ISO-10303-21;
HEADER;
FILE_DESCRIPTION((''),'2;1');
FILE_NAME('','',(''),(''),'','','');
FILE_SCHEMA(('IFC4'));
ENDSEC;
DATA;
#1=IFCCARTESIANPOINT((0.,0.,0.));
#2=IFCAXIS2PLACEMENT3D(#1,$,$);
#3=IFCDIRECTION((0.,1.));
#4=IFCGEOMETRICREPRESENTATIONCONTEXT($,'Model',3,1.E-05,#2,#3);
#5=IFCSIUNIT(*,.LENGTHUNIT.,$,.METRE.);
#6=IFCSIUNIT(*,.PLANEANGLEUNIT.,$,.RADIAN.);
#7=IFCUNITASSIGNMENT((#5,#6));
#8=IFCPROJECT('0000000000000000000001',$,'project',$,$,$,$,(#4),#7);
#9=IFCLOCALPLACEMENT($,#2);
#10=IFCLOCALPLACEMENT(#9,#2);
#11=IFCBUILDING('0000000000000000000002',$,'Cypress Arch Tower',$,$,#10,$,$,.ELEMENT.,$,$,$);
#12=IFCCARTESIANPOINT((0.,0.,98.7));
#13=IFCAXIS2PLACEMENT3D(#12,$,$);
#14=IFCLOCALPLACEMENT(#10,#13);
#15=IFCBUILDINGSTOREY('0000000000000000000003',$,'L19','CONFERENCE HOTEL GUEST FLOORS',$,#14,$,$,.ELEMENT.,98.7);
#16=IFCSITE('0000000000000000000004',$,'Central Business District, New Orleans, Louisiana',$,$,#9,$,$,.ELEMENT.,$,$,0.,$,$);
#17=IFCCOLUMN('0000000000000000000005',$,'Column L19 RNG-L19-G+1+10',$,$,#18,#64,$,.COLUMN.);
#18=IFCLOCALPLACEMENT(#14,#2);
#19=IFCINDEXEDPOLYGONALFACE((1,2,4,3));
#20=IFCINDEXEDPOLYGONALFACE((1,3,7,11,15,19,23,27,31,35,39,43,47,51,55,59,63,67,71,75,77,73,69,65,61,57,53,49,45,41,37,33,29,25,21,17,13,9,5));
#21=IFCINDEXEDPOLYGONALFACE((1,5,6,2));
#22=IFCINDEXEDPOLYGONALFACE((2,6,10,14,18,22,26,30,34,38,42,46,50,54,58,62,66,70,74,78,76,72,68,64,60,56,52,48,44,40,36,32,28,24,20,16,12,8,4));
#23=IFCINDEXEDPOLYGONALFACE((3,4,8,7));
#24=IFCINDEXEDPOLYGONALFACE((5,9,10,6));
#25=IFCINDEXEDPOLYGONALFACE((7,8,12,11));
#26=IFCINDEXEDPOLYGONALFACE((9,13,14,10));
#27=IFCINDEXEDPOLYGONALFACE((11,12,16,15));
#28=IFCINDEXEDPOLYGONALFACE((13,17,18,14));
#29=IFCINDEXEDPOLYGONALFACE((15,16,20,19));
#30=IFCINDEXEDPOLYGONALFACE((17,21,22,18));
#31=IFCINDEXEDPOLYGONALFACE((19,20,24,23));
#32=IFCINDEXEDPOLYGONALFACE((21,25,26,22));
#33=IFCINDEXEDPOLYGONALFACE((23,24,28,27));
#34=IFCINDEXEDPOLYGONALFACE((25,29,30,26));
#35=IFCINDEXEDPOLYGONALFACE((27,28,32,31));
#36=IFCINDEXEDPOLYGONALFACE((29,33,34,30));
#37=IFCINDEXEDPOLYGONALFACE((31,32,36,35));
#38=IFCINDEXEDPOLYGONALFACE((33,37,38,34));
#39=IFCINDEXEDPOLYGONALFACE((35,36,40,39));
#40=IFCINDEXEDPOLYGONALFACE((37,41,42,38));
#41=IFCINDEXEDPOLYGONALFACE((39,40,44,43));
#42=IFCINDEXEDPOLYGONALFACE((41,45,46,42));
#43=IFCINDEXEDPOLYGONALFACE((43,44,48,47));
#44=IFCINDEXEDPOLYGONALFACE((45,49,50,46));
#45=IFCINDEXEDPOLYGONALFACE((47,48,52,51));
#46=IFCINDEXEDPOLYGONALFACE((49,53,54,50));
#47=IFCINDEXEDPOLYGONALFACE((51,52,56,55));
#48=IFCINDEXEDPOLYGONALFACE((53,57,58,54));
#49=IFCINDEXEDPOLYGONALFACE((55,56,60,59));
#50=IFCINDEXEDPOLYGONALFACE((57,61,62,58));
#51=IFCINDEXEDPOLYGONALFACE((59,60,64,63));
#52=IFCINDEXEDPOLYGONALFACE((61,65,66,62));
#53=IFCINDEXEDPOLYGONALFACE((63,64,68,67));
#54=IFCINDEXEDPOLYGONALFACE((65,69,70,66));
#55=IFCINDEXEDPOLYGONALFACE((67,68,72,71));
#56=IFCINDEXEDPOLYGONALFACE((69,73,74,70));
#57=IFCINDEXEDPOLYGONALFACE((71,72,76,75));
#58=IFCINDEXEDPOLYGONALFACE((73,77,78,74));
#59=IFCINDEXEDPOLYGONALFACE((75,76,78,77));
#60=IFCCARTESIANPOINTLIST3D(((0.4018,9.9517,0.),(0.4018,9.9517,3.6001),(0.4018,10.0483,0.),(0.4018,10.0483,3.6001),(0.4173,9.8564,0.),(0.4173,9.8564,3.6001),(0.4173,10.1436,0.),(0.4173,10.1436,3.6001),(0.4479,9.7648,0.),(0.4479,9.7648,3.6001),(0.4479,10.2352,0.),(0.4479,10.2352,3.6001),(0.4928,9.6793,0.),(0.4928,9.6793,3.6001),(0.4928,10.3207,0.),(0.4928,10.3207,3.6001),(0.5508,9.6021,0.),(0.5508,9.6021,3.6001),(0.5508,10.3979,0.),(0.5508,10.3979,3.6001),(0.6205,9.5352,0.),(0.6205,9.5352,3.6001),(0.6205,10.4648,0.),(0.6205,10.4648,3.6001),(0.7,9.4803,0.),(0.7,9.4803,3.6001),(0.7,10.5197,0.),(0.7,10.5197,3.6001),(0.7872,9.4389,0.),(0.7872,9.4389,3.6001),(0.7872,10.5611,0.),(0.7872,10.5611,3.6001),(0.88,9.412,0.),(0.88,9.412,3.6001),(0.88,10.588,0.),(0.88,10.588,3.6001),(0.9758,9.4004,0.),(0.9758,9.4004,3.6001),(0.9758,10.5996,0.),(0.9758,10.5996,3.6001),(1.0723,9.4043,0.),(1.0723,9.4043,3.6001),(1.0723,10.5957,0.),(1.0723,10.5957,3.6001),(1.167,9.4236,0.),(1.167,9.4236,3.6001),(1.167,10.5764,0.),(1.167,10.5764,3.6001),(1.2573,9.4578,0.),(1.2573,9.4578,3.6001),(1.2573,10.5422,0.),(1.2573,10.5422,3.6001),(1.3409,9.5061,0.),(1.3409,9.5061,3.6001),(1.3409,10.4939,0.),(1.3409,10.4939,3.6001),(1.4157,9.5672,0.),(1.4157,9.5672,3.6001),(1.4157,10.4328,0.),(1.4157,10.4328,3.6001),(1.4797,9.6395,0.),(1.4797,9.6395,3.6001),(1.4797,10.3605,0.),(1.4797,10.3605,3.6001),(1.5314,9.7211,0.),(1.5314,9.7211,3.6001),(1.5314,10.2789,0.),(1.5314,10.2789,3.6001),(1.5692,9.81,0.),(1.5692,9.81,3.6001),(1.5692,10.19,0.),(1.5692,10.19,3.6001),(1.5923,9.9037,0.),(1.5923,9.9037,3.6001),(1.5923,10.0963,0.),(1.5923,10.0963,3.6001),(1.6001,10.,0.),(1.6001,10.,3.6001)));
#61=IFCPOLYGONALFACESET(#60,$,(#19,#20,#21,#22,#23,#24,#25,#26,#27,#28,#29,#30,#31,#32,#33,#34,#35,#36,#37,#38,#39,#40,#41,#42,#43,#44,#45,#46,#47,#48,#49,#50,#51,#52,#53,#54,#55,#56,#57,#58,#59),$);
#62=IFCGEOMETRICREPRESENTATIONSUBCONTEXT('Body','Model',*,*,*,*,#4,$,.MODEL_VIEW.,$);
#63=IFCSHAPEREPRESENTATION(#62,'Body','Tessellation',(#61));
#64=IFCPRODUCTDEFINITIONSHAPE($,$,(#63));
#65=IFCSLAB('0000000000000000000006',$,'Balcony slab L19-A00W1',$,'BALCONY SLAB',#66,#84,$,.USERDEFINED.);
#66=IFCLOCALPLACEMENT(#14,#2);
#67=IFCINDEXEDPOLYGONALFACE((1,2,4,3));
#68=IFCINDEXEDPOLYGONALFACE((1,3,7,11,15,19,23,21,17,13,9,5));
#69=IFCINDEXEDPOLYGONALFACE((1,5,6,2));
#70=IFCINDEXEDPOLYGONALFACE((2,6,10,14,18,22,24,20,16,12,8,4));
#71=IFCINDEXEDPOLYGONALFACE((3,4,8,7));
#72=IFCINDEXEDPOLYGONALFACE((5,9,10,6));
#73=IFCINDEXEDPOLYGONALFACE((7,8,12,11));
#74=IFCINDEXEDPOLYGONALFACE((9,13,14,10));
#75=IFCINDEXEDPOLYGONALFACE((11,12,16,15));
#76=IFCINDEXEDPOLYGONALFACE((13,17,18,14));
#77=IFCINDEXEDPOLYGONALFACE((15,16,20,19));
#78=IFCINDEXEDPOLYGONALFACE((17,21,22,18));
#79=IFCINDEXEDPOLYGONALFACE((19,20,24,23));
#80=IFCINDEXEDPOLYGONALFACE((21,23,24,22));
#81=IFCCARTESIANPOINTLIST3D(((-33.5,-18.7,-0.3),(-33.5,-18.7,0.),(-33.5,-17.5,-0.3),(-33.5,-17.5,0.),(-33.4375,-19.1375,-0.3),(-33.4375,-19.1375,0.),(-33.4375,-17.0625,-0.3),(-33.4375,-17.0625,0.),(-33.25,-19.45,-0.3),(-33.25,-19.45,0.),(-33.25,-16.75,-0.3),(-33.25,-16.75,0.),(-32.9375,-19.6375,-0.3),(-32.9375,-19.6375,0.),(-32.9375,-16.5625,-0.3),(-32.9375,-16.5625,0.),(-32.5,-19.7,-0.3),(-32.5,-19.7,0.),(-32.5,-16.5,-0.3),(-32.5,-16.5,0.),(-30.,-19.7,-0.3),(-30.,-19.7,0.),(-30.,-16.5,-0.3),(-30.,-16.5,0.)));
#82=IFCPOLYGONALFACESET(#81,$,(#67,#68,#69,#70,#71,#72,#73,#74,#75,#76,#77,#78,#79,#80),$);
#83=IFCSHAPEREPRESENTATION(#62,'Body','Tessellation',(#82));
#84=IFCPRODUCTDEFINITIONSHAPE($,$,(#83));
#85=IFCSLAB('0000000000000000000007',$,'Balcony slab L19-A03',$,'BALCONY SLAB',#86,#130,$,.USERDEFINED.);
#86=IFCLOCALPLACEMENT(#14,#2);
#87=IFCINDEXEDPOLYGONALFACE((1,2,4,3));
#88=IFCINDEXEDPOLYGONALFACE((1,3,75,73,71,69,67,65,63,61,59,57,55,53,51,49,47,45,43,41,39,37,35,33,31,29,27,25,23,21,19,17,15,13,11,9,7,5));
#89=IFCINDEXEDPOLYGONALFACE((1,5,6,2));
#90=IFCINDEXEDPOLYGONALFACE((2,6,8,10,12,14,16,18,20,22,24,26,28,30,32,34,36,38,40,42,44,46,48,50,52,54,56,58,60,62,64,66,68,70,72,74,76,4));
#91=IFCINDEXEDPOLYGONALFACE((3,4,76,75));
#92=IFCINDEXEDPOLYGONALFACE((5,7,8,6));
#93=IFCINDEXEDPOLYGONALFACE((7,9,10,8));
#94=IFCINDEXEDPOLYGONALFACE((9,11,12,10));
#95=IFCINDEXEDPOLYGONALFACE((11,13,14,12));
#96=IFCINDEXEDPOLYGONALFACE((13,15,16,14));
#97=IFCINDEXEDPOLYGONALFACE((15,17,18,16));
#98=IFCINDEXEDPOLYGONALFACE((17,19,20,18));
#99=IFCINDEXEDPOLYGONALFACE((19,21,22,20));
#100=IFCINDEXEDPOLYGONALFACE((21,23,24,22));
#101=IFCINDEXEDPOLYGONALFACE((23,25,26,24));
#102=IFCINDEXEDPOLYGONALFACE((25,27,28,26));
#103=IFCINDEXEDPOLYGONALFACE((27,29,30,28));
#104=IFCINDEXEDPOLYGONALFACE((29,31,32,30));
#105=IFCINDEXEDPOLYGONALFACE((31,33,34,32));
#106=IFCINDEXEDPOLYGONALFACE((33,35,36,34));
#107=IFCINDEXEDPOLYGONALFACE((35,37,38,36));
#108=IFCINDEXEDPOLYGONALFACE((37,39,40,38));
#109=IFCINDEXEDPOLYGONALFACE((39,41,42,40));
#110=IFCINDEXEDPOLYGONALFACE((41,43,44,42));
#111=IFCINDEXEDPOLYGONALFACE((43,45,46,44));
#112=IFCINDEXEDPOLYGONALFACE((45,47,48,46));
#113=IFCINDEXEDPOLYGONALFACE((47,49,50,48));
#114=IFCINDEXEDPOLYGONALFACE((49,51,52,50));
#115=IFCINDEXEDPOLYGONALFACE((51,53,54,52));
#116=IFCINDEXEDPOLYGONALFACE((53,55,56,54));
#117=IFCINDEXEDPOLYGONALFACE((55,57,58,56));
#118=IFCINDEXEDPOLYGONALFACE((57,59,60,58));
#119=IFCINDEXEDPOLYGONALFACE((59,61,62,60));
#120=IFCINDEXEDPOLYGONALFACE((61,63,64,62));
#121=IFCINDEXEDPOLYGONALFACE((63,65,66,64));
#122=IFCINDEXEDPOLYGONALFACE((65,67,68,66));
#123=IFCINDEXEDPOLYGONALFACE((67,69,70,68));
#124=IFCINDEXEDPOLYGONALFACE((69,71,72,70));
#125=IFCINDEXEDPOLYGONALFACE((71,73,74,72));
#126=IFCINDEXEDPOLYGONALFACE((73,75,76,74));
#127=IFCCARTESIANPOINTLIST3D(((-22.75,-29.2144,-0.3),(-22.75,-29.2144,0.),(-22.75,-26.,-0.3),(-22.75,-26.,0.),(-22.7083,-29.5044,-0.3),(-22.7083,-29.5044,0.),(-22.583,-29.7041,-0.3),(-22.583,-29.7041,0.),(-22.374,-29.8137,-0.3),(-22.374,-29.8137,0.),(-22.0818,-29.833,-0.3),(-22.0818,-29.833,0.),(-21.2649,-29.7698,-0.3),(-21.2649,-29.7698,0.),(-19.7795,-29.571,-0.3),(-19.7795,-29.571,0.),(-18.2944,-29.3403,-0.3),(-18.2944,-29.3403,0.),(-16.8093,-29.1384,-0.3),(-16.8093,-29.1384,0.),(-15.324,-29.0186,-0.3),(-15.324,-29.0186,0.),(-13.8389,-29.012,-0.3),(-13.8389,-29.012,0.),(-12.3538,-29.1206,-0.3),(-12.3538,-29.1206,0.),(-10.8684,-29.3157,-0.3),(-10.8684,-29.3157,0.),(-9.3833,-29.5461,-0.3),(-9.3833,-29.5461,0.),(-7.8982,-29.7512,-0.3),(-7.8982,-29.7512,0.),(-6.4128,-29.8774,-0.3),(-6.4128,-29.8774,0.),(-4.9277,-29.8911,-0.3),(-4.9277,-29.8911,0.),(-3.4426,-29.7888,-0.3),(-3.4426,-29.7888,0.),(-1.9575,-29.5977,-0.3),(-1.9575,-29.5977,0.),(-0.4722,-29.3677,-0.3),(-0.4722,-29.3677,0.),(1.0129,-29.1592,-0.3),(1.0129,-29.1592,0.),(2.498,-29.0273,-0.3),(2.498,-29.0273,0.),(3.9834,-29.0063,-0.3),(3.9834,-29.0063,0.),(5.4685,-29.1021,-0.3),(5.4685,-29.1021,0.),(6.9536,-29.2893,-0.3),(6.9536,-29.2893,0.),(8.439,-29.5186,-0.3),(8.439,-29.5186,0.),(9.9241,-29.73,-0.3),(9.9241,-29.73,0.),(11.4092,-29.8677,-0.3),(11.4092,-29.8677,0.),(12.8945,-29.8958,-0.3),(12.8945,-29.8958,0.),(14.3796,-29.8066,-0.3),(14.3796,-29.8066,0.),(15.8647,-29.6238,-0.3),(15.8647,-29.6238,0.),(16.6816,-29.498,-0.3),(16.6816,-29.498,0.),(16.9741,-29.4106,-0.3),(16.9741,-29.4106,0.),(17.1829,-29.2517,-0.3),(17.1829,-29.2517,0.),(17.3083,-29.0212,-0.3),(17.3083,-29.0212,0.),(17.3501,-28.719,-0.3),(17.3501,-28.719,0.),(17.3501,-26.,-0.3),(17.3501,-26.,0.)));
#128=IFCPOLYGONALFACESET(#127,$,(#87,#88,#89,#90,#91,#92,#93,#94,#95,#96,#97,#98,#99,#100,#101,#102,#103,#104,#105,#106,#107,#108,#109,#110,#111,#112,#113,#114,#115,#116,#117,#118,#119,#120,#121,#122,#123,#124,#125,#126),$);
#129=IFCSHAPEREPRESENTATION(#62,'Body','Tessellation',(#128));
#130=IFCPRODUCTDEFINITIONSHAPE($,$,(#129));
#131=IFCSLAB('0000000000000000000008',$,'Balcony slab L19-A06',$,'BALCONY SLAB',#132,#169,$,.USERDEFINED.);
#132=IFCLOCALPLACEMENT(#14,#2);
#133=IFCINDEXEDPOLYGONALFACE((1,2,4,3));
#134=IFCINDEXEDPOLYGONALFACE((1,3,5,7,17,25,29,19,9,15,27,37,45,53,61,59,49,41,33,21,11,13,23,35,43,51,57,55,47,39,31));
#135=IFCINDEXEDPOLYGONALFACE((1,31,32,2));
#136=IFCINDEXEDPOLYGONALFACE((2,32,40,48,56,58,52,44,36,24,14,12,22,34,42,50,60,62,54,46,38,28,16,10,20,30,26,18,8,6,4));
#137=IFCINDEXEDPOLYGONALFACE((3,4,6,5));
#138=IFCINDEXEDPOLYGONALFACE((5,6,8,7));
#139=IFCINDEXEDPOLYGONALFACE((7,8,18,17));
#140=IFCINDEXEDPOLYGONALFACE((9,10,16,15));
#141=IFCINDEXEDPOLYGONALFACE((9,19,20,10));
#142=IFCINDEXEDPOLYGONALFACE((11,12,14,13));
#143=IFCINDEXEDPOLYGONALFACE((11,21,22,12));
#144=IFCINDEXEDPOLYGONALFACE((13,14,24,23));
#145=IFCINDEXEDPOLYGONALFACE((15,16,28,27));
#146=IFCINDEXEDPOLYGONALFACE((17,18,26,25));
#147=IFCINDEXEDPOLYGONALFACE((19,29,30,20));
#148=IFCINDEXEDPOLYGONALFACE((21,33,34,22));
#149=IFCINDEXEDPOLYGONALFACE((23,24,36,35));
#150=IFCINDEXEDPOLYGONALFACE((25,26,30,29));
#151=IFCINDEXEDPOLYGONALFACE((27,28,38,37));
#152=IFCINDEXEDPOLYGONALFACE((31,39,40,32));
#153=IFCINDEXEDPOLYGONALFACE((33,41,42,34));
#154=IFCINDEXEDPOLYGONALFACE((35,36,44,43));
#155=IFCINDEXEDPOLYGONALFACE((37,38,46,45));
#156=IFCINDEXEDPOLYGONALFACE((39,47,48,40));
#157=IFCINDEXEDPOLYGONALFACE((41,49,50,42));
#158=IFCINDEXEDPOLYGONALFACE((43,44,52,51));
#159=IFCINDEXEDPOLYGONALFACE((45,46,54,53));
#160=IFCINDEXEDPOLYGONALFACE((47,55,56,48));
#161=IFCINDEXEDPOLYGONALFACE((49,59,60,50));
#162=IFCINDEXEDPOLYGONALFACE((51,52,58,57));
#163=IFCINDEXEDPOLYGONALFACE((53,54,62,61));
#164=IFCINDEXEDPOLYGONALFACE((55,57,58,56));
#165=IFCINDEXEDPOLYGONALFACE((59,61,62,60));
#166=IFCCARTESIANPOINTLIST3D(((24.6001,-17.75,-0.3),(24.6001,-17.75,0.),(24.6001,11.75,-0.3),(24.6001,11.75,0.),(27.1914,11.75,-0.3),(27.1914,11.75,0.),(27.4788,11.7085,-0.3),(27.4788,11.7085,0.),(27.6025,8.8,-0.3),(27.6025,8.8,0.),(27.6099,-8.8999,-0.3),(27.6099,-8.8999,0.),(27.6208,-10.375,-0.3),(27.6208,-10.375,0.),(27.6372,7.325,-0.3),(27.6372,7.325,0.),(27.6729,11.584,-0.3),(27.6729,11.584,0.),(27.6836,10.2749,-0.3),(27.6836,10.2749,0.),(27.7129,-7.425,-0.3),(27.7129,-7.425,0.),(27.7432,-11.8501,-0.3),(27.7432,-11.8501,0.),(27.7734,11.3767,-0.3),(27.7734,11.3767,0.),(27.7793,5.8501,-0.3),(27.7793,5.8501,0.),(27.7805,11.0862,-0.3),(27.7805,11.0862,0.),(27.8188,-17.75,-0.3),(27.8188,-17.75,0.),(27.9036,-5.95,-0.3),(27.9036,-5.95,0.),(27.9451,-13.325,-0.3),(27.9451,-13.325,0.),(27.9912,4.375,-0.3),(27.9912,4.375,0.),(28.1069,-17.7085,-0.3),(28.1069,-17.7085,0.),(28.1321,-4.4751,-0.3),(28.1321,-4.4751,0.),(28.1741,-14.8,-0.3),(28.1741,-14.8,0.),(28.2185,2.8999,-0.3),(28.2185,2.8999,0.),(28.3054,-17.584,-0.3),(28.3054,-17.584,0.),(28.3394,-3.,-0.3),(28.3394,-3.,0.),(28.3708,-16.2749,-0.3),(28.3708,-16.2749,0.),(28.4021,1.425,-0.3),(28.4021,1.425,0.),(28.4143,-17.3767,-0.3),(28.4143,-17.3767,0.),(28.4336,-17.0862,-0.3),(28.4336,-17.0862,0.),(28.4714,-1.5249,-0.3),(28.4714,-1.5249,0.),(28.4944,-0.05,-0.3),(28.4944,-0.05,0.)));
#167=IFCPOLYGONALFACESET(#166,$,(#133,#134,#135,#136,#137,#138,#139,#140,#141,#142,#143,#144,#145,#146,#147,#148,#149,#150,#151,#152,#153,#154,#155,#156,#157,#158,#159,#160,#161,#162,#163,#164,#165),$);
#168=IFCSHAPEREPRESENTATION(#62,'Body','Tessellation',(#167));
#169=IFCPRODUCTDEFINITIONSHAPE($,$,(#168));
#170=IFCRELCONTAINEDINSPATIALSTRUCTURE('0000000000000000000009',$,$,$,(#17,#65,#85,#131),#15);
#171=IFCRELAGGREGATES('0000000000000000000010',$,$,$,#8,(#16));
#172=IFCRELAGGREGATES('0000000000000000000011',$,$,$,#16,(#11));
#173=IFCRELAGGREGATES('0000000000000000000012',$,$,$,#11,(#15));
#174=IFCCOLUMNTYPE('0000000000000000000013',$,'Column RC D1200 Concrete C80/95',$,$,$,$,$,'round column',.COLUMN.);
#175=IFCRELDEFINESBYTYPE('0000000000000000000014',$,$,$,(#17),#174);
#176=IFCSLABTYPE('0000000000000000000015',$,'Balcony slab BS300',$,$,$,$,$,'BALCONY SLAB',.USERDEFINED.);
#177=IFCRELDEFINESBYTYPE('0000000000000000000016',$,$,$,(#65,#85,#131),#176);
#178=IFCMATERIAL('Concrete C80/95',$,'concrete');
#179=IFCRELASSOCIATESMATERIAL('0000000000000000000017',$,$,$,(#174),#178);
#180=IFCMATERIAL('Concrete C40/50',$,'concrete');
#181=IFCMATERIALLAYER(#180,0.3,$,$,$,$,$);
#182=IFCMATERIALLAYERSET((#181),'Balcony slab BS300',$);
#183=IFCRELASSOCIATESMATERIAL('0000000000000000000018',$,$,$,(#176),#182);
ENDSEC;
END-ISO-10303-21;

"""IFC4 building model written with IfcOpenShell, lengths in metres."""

from ifc_helpers import new_model, si_unit, direction, frame, origin, origin_2d, place, context, subcontext, project, spatial, polyline, circle, outline, extrude, material, layer, layer_set, material_profile, profile_set, type_object, element, save


model = new_model("IFC4")

# Units and contexts
model_context = context("Model", 3, precision=1e-05, world=origin(), true_north=direction((0.0, 1.0)))
body_context = subcontext(model_context, "Body", "Model", "MODEL_VIEW")
ifc_project = project(units=[si_unit("LENGTHUNIT", "METRE"), si_unit("PLANEANGLEUNIT", "RADIAN")], contexts=[model_context])

# Site, building, storey
site_placement = place(None, origin())
site = spatial("IfcSite", under=ifc_project, at=site_placement, Name="Central Business District, New Orleans, Louisiana", CompositionType="ELEMENT", RefElevation=0.0)
building_placement = place(site_placement, origin())
building = spatial("IfcBuilding", under=site, at=building_placement, Name="Cypress Arch Tower", CompositionType="ELEMENT")
storey_placement = place(building_placement, frame((0.0, 0.0, 98.7)))
storey = spatial("IfcBuildingStorey", under=building, at=storey_placement, Name="L19", Description="CONFERENCE HOTEL GUEST FLOORS", CompositionType="ELEMENT", Elevation=98.7)

# Column
ifc_material_1 = material(Name="Concrete C80/95", Category="concrete")
ifc_material_profile = material_profile(ifc_material_1, circle(Radius=0.6001, at=origin_2d()), Name="RC D1200")
ifc_profile_set = profile_set([ifc_material_profile], Name="Concrete C80/95")
column_type = type_object("IfcColumnType", Name="Column RC D1200 Concrete C80/95", ElementType="round column", PredefinedType="COLUMN", material=ifc_profile_set)
column_placement = place(storey_placement, frame((1.0, 10.0, 0.0), z_axis=(0.0, 0.0, 1.0), x_axis=(1.0, 0.0, 0.0)))
element("IfcColumn", 1, at=column_placement, inside=storey, type_object=column_type, Name="Column L19 RNG-L19-G+1+10", PredefinedType="COLUMN", context=body_context, shape_type="SweptSolid", body=[
    extrude(circle(Radius=0.6001, at=origin_2d()), origin(), (0.0, 0.0, 1.0), 3.6001),
])

# Slabs
ifc_material_2 = material(Name="Concrete C40/50", Category="concrete")
ifc_layer_1 = layer(ifc_material_2, 0.3)
ifc_layer_set_1 = layer_set([ifc_layer_1], Name="Balcony slab BS300")
slab_type_1 = type_object("IfcSlabType", Name="Balcony slab BS300", ElementType="BALCONY SLAB", PredefinedType="USERDEFINED", material=ifc_layer_set_1)
slab_1_placement = place(storey_placement, frame((0.0, 0.0, -0.3)))
element("IfcSlab", 2, at=slab_1_placement, inside=storey, type_object=slab_type_1, Name="Balcony slab L19-A00W1", ObjectType="BALCONY SLAB", PredefinedType="USERDEFINED", context=body_context, shape_type="SweptSolid", body=[
    extrude(outline(polyline([(-30.0, -16.5), (-32.5, -16.5), (-32.9375, -16.5625), (-33.25, -16.75), (-33.4375, -17.0625), (-33.5, -17.5), (-33.5, -18.7), (-33.4375, -19.1375), (-33.25, -19.45), (-32.9375, -19.6375), (-32.5, -19.7), (-30.0, -19.7), (-30.0, -16.5)])), origin(), (0.0, 0.0, 1.0), 0.3),
])
slab_2_placement = place(storey_placement, frame((0.0, 0.0, -0.3)))
element("IfcSlab", 3, at=slab_2_placement, inside=storey, type_object=slab_type_1, Name="Balcony slab L19-A03", ObjectType="BALCONY SLAB", PredefinedType="USERDEFINED", context=body_context, shape_type="SweptSolid", body=[
    extrude(outline(polyline([(-22.75, -26.0), (-22.75, -29.2144), (-22.7083, -29.5044), (-22.583, -29.7041), (-22.374, -29.8137), (-22.0818, -29.833), (-21.2649, -29.7698), (-19.7795, -29.571), (-18.2944, -29.3403), (-16.8093, -29.1384), (-15.324, -29.0186), (-13.8389, -29.012), (-12.3538, -29.1206), (-10.8684, -29.3157), (-9.3833, -29.5461), (-7.8982, -29.7512), (-6.4128, -29.8774), (-4.9277, -29.8911), (-3.4426, -29.7888), (-1.9575, -29.5977), (-0.4722, -29.3677), (1.0129, -29.1592), (2.498, -29.0273), (3.9834, -29.0063), (5.4685, -29.1021), (6.9536, -29.2893), (8.439, -29.5186), (9.9241, -29.73), (11.4092, -29.8677), (12.8945, -29.8958), (14.3796, -29.8066), (15.8647, -29.6238), (16.6816, -29.498), (16.9741, -29.4106), (17.1829, -29.2517), (17.3083, -29.0212), (17.3501, -28.719), (17.3501, -26.0), (-22.75, -26.0)])), origin(), (0.0, 0.0, 1.0), 0.3),
])
slab_3_placement = place(storey_placement, frame((0.0, 0.0, -0.3)))
element("IfcSlab", 4, at=slab_3_placement, inside=storey, type_object=slab_type_1, Name="Balcony slab L19-A06", ObjectType="BALCONY SLAB", PredefinedType="USERDEFINED", context=body_context, shape_type="SweptSolid", body=[
    extrude(outline(polyline([(24.6001, -17.75), (27.8188, -17.75), (28.1069, -17.7085), (28.3054, -17.584), (28.4143, -17.3767), (28.4336, -17.0862), (28.3708, -16.2749), (28.1741, -14.8), (27.9451, -13.325), (27.7432, -11.8501), (27.6208, -10.375), (27.6099, -8.8999), (27.7129, -7.425), (27.9036, -5.95), (28.1321, -4.4751), (28.3394, -3.0), (28.4714, -1.5249), (28.4944, -0.05), (28.4021, 1.425), (28.2185, 2.8999), (27.9912, 4.375), (27.7793, 5.8501), (27.6372, 7.325), (27.6025, 8.8), (27.6836, 10.2749), (27.7805, 11.0862), (27.7734, 11.3767), (27.6729, 11.584), (27.4788, 11.7085), (27.1914, 11.75), (24.6001, 11.75), (24.6001, -17.75)])), origin(), (0.0, 0.0, 1.0), 0.3),
])

save(model, "model.ifc")
